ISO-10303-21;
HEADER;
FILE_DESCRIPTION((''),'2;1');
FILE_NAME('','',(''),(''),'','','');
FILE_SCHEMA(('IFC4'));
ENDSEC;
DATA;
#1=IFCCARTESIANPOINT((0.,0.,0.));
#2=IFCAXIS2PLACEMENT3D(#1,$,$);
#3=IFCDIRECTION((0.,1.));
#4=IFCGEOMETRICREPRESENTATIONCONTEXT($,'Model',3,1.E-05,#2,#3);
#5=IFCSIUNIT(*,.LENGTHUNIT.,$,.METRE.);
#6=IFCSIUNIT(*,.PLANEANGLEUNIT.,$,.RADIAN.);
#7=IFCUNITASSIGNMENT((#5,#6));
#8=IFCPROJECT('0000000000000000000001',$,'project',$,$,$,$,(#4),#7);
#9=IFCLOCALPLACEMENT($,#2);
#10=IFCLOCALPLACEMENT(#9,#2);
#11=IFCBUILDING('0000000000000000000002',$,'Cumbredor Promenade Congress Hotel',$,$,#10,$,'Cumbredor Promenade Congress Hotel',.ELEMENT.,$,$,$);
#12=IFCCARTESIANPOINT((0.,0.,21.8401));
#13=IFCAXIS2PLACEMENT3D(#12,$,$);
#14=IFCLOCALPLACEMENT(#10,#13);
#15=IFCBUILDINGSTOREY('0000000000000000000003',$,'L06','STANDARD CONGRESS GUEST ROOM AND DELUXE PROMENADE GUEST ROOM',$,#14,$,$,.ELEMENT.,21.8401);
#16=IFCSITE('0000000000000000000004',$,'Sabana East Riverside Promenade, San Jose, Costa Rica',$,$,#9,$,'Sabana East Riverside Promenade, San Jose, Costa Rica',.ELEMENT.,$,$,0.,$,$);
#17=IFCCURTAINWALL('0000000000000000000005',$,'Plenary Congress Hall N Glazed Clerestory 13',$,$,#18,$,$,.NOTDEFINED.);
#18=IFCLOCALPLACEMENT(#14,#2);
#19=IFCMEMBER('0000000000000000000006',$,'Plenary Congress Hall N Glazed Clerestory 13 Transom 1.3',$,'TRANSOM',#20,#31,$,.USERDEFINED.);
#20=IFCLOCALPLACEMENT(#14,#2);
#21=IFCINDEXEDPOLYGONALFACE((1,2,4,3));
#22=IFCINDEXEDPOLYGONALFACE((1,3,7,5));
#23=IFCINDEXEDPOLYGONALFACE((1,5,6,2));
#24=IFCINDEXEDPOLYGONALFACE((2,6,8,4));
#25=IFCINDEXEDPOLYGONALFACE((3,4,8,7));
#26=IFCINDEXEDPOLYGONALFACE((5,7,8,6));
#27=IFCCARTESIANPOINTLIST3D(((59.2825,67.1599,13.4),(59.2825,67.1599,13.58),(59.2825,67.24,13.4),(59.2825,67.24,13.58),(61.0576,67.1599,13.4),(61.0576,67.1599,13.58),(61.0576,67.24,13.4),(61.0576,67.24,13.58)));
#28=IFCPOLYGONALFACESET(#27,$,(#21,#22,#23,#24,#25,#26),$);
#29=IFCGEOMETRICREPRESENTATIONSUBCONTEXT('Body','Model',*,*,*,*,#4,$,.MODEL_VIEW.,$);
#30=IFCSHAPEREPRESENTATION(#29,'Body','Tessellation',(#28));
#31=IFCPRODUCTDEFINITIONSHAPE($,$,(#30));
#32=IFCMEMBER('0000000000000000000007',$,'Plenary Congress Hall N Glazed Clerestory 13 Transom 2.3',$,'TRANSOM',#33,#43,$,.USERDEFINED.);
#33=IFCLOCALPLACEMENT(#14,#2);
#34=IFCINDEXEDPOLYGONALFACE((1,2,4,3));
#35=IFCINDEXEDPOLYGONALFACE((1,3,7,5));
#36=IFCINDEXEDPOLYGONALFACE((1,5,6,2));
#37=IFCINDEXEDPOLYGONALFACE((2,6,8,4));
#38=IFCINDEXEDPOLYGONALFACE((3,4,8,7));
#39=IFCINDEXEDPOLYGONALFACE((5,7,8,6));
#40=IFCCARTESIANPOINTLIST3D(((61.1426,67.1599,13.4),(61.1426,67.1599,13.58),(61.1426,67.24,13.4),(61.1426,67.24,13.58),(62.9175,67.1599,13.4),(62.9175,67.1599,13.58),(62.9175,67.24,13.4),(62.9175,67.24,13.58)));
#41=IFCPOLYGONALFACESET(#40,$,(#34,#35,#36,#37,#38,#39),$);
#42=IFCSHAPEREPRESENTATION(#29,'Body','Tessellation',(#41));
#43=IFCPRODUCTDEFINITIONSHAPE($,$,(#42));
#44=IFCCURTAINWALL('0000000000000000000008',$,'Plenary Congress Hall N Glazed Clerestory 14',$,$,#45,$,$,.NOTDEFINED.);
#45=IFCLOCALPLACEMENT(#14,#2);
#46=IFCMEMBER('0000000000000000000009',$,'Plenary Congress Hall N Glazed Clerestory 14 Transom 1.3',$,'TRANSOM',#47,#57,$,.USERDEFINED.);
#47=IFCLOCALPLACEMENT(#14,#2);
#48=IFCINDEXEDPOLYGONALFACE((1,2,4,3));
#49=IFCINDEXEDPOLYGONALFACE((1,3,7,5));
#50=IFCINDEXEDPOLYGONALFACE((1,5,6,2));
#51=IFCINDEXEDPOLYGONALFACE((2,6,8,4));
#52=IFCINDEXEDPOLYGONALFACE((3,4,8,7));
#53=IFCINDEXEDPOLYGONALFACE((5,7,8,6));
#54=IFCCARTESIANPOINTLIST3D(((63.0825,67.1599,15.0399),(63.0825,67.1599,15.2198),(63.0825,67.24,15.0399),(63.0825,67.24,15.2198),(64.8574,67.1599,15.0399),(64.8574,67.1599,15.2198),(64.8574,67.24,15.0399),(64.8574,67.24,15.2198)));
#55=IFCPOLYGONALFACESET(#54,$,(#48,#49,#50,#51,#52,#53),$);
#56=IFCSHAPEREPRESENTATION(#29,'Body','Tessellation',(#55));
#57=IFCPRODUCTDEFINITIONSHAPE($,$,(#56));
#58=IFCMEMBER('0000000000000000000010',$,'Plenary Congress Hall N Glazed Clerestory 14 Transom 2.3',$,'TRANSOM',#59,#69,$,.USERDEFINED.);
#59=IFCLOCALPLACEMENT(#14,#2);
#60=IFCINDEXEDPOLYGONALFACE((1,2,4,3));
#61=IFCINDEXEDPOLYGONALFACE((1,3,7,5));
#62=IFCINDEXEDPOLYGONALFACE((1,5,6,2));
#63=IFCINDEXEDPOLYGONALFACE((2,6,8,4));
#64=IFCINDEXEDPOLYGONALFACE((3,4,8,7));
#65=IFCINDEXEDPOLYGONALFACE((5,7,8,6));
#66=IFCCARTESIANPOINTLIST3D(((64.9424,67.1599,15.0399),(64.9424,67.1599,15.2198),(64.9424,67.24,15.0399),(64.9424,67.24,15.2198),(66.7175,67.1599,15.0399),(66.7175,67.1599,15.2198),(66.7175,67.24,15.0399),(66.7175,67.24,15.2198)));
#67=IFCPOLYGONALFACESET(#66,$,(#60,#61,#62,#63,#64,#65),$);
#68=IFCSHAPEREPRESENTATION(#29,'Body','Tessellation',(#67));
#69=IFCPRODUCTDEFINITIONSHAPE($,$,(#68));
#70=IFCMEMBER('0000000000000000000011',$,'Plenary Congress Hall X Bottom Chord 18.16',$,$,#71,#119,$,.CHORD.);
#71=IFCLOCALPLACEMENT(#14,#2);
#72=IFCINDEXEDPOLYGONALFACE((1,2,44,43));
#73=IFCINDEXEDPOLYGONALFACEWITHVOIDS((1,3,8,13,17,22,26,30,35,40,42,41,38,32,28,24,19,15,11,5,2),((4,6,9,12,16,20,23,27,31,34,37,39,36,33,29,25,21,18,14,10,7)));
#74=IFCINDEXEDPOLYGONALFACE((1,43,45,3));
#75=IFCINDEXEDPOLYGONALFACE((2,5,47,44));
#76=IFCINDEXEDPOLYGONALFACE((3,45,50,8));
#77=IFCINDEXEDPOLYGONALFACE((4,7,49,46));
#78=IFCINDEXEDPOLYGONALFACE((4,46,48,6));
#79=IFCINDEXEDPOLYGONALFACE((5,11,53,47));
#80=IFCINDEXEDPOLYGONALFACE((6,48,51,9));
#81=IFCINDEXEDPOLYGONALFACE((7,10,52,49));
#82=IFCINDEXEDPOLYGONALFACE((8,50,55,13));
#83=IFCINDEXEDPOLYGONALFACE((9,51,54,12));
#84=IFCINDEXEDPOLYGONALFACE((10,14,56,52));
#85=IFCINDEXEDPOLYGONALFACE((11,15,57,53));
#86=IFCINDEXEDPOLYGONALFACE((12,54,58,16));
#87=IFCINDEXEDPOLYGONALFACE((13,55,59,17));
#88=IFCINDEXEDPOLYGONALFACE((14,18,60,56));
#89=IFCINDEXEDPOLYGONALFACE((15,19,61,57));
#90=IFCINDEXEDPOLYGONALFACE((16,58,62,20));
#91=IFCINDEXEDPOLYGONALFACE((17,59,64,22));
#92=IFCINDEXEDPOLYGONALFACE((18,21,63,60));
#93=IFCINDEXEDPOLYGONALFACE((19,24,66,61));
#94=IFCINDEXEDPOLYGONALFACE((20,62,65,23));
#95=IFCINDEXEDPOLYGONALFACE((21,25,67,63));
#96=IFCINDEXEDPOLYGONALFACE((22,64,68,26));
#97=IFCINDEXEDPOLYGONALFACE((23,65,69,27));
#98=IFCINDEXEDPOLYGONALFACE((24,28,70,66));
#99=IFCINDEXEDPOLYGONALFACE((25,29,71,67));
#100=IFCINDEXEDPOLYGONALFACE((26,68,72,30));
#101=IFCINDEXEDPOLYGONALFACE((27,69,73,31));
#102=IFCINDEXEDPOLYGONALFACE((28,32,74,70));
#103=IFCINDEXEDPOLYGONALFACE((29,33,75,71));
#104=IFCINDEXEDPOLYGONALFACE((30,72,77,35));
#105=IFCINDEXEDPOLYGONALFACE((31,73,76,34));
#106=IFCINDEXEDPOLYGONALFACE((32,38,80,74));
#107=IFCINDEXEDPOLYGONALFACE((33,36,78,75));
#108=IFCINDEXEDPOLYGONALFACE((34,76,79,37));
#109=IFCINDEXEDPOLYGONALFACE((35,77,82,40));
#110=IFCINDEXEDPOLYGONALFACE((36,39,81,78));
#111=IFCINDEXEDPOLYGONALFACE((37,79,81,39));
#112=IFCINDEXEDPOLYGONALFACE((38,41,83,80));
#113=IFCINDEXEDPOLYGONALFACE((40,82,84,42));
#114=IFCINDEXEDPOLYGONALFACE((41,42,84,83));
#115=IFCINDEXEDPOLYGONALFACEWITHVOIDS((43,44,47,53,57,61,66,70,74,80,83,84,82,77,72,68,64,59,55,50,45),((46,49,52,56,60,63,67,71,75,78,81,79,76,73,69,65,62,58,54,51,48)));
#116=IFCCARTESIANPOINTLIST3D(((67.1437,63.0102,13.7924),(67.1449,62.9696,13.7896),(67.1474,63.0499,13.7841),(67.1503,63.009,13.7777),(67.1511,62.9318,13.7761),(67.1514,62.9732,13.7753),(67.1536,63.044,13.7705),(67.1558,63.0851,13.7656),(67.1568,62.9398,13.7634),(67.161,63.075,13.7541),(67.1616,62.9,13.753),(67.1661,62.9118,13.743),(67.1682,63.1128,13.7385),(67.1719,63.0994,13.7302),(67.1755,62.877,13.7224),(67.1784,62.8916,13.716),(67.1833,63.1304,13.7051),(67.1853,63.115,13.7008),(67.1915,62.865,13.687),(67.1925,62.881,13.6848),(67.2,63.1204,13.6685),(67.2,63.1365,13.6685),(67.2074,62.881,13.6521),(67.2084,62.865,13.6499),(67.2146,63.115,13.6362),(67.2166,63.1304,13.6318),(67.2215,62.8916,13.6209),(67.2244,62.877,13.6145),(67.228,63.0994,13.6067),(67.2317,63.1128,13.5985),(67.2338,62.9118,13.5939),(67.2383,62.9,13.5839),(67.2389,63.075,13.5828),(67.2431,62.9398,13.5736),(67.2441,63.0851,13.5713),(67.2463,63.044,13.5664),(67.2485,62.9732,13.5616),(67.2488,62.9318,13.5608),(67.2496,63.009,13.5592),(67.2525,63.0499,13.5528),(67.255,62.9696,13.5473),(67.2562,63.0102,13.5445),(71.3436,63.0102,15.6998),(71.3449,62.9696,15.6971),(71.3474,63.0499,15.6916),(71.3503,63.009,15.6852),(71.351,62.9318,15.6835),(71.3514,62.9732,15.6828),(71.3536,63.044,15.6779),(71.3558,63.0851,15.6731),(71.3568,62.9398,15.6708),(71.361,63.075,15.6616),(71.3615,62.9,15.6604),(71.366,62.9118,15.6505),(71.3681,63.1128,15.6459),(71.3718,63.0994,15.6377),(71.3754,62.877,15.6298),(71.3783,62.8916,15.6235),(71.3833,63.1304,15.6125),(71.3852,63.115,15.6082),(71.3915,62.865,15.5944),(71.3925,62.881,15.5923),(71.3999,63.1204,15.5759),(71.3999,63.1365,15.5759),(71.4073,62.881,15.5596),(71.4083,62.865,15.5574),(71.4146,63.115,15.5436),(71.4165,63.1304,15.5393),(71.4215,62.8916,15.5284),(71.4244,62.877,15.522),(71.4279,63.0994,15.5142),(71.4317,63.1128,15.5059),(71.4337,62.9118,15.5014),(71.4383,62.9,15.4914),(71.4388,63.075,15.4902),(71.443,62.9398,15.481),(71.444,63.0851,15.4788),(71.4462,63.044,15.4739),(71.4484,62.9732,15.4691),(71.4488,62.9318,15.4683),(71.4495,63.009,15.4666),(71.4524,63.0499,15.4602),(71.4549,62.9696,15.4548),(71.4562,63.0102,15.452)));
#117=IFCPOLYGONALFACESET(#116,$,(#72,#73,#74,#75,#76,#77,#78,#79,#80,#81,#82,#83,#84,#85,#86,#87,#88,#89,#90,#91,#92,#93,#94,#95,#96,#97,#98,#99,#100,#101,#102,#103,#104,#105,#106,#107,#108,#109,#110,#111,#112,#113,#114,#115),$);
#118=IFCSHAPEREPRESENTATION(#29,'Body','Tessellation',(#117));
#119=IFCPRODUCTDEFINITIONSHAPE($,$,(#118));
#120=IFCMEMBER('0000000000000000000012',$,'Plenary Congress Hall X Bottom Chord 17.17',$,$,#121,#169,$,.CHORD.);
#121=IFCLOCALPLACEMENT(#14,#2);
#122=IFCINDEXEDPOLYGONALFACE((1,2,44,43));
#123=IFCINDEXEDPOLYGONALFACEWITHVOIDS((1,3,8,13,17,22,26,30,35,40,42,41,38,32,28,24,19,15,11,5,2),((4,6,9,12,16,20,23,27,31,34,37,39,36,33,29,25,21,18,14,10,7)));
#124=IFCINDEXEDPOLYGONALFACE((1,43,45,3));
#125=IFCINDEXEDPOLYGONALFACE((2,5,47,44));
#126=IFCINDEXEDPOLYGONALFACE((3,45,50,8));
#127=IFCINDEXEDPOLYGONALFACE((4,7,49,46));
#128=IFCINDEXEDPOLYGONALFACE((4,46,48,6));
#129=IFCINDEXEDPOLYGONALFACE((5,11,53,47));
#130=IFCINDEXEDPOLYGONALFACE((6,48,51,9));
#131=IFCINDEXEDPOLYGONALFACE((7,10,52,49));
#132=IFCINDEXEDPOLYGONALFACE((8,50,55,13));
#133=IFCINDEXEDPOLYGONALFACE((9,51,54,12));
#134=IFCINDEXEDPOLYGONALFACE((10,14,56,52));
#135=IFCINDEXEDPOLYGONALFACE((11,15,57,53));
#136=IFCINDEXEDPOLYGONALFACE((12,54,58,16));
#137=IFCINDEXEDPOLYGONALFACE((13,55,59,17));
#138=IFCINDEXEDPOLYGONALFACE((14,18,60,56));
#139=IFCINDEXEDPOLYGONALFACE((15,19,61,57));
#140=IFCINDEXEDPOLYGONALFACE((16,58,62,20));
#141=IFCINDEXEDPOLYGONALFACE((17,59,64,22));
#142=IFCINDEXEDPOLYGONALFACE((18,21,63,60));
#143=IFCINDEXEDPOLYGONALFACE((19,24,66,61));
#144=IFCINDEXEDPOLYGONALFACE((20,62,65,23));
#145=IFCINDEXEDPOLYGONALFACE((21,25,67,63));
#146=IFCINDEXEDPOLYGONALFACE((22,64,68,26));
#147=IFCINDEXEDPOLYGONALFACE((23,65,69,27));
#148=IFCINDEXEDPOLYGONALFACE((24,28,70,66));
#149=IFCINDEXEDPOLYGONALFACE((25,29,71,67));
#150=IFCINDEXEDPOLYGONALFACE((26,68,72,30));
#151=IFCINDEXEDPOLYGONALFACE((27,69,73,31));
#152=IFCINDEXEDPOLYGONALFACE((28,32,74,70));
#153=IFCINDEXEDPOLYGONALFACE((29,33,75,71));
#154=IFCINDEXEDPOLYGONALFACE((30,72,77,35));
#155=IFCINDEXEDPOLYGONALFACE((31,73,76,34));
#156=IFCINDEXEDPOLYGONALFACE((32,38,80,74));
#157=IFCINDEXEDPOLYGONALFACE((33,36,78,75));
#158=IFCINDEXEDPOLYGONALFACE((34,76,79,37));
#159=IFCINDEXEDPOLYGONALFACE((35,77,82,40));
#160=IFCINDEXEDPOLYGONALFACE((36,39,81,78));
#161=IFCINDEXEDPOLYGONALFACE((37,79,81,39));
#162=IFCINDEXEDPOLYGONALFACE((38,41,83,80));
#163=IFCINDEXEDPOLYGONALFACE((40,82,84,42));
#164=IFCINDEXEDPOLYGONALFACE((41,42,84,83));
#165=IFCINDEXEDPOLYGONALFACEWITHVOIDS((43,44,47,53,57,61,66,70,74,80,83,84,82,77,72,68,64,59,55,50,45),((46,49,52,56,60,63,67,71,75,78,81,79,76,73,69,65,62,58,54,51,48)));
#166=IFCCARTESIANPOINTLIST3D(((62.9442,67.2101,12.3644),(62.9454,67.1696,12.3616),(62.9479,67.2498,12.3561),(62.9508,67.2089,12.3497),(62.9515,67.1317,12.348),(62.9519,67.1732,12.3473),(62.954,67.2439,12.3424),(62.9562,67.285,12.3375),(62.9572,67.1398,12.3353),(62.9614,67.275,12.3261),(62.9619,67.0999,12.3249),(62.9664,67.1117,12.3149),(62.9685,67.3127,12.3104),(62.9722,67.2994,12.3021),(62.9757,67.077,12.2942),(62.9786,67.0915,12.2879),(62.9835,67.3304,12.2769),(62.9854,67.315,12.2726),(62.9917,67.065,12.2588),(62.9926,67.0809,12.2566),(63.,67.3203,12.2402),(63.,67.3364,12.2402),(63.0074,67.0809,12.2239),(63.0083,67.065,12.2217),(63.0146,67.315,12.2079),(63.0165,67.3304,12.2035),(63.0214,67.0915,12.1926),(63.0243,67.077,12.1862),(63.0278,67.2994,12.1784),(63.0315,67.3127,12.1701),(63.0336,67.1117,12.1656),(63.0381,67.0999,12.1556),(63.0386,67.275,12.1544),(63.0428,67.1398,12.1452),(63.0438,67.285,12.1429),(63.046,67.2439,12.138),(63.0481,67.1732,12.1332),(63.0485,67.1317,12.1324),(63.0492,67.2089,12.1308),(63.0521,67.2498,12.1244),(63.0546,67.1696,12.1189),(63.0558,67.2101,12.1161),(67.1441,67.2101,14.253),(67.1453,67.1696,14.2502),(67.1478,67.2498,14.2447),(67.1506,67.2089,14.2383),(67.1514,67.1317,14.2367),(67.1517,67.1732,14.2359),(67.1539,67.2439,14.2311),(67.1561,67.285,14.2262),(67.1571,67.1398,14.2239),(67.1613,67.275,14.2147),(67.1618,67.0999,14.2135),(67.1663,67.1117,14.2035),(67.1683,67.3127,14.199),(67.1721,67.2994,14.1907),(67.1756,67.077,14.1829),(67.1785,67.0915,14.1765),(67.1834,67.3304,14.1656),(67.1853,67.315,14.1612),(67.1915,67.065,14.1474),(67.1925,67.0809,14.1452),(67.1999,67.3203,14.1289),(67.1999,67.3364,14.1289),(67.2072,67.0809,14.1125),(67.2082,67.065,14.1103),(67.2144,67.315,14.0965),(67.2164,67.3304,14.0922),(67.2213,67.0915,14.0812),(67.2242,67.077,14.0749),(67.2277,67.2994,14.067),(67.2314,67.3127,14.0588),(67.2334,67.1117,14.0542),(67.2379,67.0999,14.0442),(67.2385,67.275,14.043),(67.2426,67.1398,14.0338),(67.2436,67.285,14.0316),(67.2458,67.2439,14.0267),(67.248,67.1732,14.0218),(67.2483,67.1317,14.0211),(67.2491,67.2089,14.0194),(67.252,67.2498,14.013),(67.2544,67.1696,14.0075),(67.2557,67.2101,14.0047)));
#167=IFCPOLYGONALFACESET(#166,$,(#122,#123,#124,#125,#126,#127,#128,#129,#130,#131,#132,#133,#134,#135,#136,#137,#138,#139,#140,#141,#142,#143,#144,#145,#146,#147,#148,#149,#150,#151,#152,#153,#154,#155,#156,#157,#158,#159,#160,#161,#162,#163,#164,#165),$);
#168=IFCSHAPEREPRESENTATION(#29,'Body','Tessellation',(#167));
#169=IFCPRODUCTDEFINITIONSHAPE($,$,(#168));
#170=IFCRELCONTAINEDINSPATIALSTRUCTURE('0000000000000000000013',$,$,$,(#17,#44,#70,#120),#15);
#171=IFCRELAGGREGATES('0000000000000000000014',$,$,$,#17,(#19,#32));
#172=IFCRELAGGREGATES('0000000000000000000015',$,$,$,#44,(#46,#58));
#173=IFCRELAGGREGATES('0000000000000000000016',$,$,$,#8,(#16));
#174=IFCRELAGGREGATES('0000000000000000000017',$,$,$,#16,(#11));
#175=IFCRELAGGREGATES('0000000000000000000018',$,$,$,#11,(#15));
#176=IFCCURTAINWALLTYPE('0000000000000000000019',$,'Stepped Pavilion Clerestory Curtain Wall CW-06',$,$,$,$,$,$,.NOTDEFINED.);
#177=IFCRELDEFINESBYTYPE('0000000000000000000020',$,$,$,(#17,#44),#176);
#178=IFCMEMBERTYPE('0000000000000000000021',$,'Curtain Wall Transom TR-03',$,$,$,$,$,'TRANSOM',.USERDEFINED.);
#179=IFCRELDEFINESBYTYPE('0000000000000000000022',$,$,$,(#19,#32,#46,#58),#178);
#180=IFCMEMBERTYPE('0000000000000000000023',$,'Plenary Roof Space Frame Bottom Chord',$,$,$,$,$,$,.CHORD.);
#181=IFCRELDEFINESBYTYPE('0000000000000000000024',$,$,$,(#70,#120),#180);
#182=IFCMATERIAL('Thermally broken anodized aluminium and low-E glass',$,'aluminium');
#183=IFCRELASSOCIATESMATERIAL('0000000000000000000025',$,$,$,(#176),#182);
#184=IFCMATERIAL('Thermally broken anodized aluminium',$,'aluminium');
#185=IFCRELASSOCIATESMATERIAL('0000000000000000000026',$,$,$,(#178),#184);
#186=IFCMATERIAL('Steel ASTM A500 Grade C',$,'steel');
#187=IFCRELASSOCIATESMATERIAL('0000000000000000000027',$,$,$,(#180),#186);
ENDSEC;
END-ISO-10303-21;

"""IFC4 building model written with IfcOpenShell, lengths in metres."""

from ifc_helpers import new_model, si_unit, direction, frame, origin, origin_2d, place, context, subcontext, project, spatial, rectangle, hollow_circle, extrude, material, material_profile, profile_set, type_object, element, aggregate, save


model = new_model("IFC4")

# Units and contexts
model_context = context("Model", 3, precision=1e-05, world=origin(), true_north=direction((0.0, 1.0)))
body_context = subcontext(model_context, "Body", "Model", "MODEL_VIEW")
ifc_project = project(units=[si_unit("LENGTHUNIT", "METRE"), si_unit("PLANEANGLEUNIT", "RADIAN")], contexts=[model_context])

# Site, building, storey
site_placement = place(None, origin())
site = spatial("IfcSite", under=ifc_project, at=site_placement, Name="Sabana East Riverside Promenade, San Jose, Costa Rica", LongName="Sabana East Riverside Promenade, San Jose, Costa Rica", CompositionType="ELEMENT", RefElevation=0.0)
building_placement = place(site_placement, origin())
building = spatial("IfcBuilding", under=site, at=building_placement, Name="Cumbredor Promenade Congress Hotel", LongName="Cumbredor Promenade Congress Hotel", CompositionType="ELEMENT")
storey_placement = place(building_placement, frame((0.0, 0.0, 21.8401)))
storey = spatial("IfcBuildingStorey", under=building, at=storey_placement, Name="L06", Description="STANDARD CONGRESS GUEST ROOM AND DELUXE PROMENADE GUEST ROOM", CompositionType="ELEMENT", Elevation=21.8401)

# Curtain walls, members
ifc_material_1 = material(Name="Thermally broken anodized aluminium and low-E glass", Category="aluminium")
curtain_wall_type = type_object("IfcCurtainWallType", Name="Stepped Pavilion Clerestory Curtain Wall CW-06", PredefinedType="NOTDEFINED", material=ifc_material_1)
curtain_wall_1_placement = place(storey_placement, origin())
curtain_wall_1 = element("IfcCurtainWall", 1, at=curtain_wall_1_placement, inside=storey, type_object=curtain_wall_type, Name="Plenary Congress Hall N Glazed Clerestory 13", PredefinedType="NOTDEFINED")
ifc_material_2 = material(Name="Thermally broken anodized aluminium", Category="aluminium")
ifc_material_profile_1 = material_profile(ifc_material_2, rectangle(XDim=0.0801, YDim=0.1799, at=origin_2d()), Name="ALU TRANSOM 80x180")
ifc_profile_set_1 = profile_set([ifc_material_profile_1], Name="Thermally broken anodized aluminium")
member_type_1 = type_object("IfcMemberType", Name="Curtain Wall Transom TR-03", ElementType="TRANSOM", PredefinedType="USERDEFINED", material=ifc_profile_set_1)
member_1_placement = place(storey_placement, frame((59.2825, 67.2, 13.49), z_axis=(1.0, 0.0, 0.0), x_axis=(0.0, 1.0, 0.0)))
member_1 = element("IfcMember", 2, at=member_1_placement, type_object=member_type_1, Name="Plenary Congress Hall N Glazed Clerestory 13 Transom 1.3", ObjectType="TRANSOM", PredefinedType="USERDEFINED", context=body_context, shape_type="SweptSolid", body=[
    extrude(rectangle(XDim=0.0801, YDim=0.1799, at=origin_2d()), origin(), (0.0, 0.0, 1.0), 1.7751),
])
member_2_placement = place(storey_placement, frame((61.1426, 67.2, 13.49), z_axis=(1.0, 0.0, 0.0), x_axis=(0.0, 1.0, 0.0)))
member_2 = element("IfcMember", 3, at=member_2_placement, type_object=member_type_1, Name="Plenary Congress Hall N Glazed Clerestory 13 Transom 2.3", ObjectType="TRANSOM", PredefinedType="USERDEFINED", context=body_context, shape_type="SweptSolid", body=[
    extrude(rectangle(XDim=0.0801, YDim=0.1799, at=origin_2d()), origin(), (0.0, 0.0, 1.0), 1.7749),
])
aggregate(curtain_wall_1, [member_1, member_2])
curtain_wall_2_placement = place(storey_placement, origin())
curtain_wall_2 = element("IfcCurtainWall", 4, at=curtain_wall_2_placement, inside=storey, type_object=curtain_wall_type, Name="Plenary Congress Hall N Glazed Clerestory 14", PredefinedType="NOTDEFINED")
member_3_placement = place(storey_placement, frame((63.0825, 67.2, 15.1299), z_axis=(1.0, 0.0, 0.0), x_axis=(0.0, 1.0, 0.0)))
member_3 = element("IfcMember", 5, at=member_3_placement, type_object=member_type_1, Name="Plenary Congress Hall N Glazed Clerestory 14 Transom 1.3", ObjectType="TRANSOM", PredefinedType="USERDEFINED", context=body_context, shape_type="SweptSolid", body=[
    extrude(rectangle(XDim=0.0801, YDim=0.1799, at=origin_2d()), origin(), (0.0, 0.0, 1.0), 1.7749),
])
member_4_placement = place(storey_placement, frame((64.9424, 67.2, 15.1299), z_axis=(1.0, 0.0, 0.0), x_axis=(0.0, 1.0, 0.0)))
member_4 = element("IfcMember", 6, at=member_4_placement, type_object=member_type_1, Name="Plenary Congress Hall N Glazed Clerestory 14 Transom 2.3", ObjectType="TRANSOM", PredefinedType="USERDEFINED", context=body_context, shape_type="SweptSolid", body=[
    extrude(rectangle(XDim=0.0801, YDim=0.1799, at=origin_2d()), origin(), (0.0, 0.0, 1.0), 1.7751),
])
aggregate(curtain_wall_2, [member_3, member_4])

# Members
ifc_material_3 = material(Name="Steel ASTM A500 Grade C", Category="steel")
ifc_material_profile_2 = material_profile(ifc_material_3, hollow_circle(Radius=0.1365, WallThickness=0.0161, at=origin_2d()), Name="CHS 273.0x16")
ifc_profile_set_2 = profile_set([ifc_material_profile_2], Name="Steel ASTM A500 Grade C")
member_type_2 = type_object("IfcMemberType", Name="Plenary Roof Space Frame Bottom Chord", PredefinedType="CHORD", material=ifc_profile_set_2)
member_5_placement = place(storey_placement, frame((67.2, 63.0, 13.6685), z_axis=(0.910497, 0.0, 0.413516), x_axis=(0.0, 1.0, 0.0)))
element("IfcMember", 7, at=member_5_placement, inside=storey, type_object=member_type_2, Name="Plenary Congress Hall X Bottom Chord 18.16", PredefinedType="CHORD", context=body_context, shape_type="SweptSolid", body=[
    extrude(hollow_circle(Radius=0.1365, WallThickness=0.0161, at=origin_2d()), origin(), (0.0, 0.0, 1.0), 4.6128),
])
member_6_placement = place(storey_placement, frame((63.0, 67.2, 12.2402), z_axis=(0.912028, 0.0, 0.410129), x_axis=(0.0, 1.0, 0.0)))
element("IfcMember", 8, at=member_6_placement, inside=storey, type_object=member_type_2, Name="Plenary Congress Hall X Bottom Chord 17.17", PredefinedType="CHORD", context=body_context, shape_type="SweptSolid", body=[
    extrude(hollow_circle(Radius=0.1365, WallThickness=0.0161, at=origin_2d()), origin(), (0.0, 0.0, 1.0), 4.605),
])

save(model, "model.ifc")
